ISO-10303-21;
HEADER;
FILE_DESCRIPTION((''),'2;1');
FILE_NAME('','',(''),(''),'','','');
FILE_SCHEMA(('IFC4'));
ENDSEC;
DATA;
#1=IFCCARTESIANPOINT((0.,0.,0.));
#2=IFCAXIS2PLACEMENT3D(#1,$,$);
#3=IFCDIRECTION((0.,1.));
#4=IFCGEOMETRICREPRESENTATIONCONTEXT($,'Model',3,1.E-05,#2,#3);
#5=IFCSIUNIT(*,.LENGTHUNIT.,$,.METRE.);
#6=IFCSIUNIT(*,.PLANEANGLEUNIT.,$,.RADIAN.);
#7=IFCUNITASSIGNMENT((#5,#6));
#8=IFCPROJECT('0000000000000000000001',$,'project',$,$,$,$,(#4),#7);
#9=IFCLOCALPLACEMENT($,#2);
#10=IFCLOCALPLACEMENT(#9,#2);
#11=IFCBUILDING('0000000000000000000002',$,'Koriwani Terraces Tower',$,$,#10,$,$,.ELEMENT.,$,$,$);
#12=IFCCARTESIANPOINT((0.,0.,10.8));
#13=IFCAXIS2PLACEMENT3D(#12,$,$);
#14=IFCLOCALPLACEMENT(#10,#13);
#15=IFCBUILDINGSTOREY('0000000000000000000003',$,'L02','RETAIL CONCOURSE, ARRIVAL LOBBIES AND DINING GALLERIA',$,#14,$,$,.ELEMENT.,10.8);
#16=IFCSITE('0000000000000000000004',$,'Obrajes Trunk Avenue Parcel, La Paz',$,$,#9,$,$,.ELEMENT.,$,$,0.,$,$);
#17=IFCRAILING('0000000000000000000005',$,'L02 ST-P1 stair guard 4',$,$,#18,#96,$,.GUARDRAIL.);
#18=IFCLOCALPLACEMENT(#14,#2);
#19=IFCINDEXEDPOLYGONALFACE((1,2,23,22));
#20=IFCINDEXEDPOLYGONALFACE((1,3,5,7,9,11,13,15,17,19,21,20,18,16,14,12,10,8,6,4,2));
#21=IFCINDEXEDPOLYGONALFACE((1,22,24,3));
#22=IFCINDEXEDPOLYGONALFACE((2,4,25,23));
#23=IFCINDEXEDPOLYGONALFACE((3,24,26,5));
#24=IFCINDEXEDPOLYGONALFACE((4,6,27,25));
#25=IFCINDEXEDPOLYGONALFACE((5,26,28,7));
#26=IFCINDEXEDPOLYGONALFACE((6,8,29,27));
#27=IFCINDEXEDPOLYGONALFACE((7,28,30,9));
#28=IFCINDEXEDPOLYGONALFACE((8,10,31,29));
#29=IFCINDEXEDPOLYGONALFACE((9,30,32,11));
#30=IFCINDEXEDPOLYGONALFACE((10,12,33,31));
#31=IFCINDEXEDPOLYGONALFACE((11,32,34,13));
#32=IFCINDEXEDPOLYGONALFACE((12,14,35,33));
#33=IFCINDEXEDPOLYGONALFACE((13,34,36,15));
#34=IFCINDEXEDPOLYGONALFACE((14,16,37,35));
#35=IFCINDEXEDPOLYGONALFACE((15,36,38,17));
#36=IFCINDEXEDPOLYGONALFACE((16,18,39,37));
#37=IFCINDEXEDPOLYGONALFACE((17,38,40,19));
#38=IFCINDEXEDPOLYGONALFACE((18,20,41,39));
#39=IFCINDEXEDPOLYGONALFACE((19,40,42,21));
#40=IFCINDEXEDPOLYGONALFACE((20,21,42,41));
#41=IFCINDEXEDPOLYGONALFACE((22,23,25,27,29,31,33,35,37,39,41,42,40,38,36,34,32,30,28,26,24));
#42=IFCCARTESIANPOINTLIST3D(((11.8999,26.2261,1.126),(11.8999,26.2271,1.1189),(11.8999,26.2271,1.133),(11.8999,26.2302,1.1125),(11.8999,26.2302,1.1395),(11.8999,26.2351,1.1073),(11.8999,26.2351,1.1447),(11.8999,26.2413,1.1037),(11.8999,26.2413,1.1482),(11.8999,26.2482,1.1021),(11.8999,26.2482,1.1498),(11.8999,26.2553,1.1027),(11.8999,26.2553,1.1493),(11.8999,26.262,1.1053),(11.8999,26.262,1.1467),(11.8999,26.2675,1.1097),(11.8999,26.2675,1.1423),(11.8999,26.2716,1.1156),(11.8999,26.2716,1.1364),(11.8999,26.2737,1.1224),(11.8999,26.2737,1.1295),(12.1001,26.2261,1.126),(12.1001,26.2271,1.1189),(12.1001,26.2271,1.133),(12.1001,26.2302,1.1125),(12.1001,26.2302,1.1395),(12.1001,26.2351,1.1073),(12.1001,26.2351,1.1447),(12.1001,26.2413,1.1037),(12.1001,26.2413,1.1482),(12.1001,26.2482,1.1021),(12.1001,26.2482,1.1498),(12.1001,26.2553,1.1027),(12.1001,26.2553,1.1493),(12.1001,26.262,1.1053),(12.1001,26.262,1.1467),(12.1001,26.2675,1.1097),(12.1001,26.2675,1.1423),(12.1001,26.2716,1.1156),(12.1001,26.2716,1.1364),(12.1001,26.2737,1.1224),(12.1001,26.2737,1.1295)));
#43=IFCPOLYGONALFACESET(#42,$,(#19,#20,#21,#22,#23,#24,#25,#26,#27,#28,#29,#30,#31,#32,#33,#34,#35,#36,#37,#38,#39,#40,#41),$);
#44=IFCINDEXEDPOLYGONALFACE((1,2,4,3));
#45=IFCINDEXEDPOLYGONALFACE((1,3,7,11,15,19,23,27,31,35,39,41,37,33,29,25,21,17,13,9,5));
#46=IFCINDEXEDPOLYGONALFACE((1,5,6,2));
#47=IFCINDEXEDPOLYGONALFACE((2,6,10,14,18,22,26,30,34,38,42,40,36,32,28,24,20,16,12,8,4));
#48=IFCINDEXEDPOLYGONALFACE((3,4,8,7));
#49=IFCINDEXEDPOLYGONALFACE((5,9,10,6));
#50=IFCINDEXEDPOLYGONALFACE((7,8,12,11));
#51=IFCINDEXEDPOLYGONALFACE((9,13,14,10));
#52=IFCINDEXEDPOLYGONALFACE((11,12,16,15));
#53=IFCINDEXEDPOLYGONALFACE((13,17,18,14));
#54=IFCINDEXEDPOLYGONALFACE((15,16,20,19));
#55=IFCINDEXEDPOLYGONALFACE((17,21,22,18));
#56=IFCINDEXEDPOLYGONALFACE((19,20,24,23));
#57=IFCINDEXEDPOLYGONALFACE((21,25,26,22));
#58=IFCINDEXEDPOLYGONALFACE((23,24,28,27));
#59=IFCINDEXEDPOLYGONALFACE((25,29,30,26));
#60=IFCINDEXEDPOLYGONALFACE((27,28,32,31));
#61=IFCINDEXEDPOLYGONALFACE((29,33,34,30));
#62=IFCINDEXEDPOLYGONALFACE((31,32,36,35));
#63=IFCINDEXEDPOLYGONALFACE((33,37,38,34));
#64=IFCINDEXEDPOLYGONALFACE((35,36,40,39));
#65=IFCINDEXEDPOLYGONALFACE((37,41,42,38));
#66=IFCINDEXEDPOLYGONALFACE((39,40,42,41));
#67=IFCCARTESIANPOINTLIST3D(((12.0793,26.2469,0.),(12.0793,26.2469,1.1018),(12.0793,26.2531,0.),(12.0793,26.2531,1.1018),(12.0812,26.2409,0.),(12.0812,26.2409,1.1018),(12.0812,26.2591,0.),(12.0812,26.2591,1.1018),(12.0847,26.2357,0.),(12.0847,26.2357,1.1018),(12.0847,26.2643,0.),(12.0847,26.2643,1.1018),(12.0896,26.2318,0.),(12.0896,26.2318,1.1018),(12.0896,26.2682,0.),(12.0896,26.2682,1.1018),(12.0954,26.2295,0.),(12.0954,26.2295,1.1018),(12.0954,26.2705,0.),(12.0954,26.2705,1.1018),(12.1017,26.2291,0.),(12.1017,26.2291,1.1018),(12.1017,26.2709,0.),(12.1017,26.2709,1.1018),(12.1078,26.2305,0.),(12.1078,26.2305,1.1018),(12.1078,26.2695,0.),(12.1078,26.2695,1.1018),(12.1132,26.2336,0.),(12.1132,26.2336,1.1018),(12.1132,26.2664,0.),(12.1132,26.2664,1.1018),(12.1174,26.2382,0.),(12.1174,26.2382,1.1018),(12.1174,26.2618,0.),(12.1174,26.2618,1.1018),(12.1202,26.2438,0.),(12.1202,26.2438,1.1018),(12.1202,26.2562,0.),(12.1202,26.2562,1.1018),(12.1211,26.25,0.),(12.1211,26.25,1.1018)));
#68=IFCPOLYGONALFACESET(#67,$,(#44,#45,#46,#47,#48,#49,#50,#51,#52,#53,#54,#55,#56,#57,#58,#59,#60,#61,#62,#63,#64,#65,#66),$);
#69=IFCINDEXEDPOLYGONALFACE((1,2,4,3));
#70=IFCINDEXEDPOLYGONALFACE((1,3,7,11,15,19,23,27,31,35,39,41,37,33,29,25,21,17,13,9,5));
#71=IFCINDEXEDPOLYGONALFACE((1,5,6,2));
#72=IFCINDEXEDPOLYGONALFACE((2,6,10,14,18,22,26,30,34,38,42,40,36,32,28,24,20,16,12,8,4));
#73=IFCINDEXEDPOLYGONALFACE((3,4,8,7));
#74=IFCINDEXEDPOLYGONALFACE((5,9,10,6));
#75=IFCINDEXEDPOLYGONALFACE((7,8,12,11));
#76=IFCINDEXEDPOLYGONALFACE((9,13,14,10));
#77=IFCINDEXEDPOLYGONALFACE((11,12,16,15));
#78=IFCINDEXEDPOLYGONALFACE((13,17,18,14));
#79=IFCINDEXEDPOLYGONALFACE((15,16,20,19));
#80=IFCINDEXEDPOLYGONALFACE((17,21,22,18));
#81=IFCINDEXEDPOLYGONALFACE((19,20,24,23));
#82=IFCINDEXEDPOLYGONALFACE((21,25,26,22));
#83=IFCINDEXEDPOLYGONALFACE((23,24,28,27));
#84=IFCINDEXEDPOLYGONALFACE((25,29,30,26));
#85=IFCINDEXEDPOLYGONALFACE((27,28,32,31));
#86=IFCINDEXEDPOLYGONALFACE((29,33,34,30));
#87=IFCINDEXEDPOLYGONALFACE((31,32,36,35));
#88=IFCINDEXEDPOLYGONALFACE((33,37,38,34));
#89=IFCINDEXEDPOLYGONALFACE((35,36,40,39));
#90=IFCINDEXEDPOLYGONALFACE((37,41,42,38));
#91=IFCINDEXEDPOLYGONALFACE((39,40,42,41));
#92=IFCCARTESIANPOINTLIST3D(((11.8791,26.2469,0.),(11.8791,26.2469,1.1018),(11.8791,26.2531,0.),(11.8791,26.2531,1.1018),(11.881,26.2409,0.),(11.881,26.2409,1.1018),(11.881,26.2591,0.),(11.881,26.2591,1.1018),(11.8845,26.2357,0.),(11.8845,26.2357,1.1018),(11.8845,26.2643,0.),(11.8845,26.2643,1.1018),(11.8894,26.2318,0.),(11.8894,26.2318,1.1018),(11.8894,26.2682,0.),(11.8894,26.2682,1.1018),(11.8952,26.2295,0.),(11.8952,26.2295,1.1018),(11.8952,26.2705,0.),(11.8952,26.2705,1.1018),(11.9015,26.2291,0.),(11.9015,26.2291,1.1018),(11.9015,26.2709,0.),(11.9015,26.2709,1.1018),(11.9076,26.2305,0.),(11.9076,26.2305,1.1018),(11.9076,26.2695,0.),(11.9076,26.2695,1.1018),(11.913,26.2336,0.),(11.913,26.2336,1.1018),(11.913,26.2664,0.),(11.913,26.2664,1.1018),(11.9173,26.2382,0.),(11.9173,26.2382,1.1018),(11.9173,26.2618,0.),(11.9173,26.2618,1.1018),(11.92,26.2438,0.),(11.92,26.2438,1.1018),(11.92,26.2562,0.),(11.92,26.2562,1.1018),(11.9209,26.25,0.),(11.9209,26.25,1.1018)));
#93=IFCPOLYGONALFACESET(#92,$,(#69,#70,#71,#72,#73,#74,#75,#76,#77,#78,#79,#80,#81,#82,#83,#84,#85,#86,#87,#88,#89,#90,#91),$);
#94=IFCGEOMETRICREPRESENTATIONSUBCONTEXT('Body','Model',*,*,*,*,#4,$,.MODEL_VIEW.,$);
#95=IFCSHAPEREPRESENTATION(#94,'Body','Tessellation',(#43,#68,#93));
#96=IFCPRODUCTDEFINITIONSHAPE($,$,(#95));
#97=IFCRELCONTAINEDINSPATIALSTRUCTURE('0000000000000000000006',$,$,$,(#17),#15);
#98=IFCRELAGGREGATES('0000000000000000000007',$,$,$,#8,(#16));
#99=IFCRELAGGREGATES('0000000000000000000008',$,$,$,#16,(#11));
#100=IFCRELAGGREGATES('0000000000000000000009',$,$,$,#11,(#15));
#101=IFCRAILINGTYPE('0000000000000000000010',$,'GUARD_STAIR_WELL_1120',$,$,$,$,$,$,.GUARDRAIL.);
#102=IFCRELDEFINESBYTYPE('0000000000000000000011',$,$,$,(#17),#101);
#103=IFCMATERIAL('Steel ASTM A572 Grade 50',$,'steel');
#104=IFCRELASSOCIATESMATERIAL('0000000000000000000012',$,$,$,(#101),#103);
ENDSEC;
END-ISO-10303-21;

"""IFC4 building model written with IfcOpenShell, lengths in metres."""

from ifc_helpers import new_model, si_unit, direction, frame, origin, origin_2d, place, context, subcontext, project, spatial, circle, extrude, material, type_object, element, save


model = new_model("IFC4")

# Units and contexts
model_context = context("Model", 3, precision=1e-05, world=origin(), true_north=direction((0.0, 1.0)))
body_context = subcontext(model_context, "Body", "Model", "MODEL_VIEW")
ifc_project = project(units=[si_unit("LENGTHUNIT", "METRE"), si_unit("PLANEANGLEUNIT", "RADIAN")], contexts=[model_context])

# Site, building, storey
site_placement = place(None, origin())
site = spatial("IfcSite", under=ifc_project, at=site_placement, Name="Obrajes Trunk Avenue Parcel, La Paz", CompositionType="ELEMENT", RefElevation=0.0)
building_placement = place(site_placement, origin())
building = spatial("IfcBuilding", under=site, at=building_placement, Name="Koriwani Terraces Tower", CompositionType="ELEMENT")
storey_placement = place(building_placement, frame((0.0, 0.0, 10.8)))
storey = spatial("IfcBuildingStorey", under=building, at=storey_placement, Name="L02", Description="RETAIL CONCOURSE, ARRIVAL LOBBIES AND DINING GALLERIA", CompositionType="ELEMENT", Elevation=10.8)

# Shared definitions
ifc_material_1 = material(Name="Steel ASTM A572 Grade 50", Category="steel")

# Railing
railing_type_1 = type_object("IfcRailingType", Name="GUARD_STAIR_WELL_1120", PredefinedType="GUARDRAIL", material=ifc_material_1)
railing_1_placement = place(storey_placement, frame((12.1001, 26.25, 0.0)))
element("IfcRailing", 1, at=railing_1_placement, inside=storey, type_object=railing_type_1, Name="L02 ST-P1 stair guard 4", PredefinedType="GUARDRAIL", context=body_context, shape_type="SweptSolid", body=[
    extrude(circle(Radius=0.0239, at=origin_2d()), frame((0.0, 0.0, 1.126), z_axis=(-1.0, 0.0, 0.0), x_axis=(0.0, -1.0, 0.0)), (0.0, 0.0, 1.0), 0.2002),
    extrude(circle(Radius=0.021, at=origin_2d()), origin(), (0.0, 0.0, 1.0), 1.1018),
    extrude(circle(Radius=0.021, at=origin_2d()), frame((-0.2002, 0.0, 0.0)), (0.0, 0.0, 1.0), 1.1018),
])

save(model, "model.ifc")
